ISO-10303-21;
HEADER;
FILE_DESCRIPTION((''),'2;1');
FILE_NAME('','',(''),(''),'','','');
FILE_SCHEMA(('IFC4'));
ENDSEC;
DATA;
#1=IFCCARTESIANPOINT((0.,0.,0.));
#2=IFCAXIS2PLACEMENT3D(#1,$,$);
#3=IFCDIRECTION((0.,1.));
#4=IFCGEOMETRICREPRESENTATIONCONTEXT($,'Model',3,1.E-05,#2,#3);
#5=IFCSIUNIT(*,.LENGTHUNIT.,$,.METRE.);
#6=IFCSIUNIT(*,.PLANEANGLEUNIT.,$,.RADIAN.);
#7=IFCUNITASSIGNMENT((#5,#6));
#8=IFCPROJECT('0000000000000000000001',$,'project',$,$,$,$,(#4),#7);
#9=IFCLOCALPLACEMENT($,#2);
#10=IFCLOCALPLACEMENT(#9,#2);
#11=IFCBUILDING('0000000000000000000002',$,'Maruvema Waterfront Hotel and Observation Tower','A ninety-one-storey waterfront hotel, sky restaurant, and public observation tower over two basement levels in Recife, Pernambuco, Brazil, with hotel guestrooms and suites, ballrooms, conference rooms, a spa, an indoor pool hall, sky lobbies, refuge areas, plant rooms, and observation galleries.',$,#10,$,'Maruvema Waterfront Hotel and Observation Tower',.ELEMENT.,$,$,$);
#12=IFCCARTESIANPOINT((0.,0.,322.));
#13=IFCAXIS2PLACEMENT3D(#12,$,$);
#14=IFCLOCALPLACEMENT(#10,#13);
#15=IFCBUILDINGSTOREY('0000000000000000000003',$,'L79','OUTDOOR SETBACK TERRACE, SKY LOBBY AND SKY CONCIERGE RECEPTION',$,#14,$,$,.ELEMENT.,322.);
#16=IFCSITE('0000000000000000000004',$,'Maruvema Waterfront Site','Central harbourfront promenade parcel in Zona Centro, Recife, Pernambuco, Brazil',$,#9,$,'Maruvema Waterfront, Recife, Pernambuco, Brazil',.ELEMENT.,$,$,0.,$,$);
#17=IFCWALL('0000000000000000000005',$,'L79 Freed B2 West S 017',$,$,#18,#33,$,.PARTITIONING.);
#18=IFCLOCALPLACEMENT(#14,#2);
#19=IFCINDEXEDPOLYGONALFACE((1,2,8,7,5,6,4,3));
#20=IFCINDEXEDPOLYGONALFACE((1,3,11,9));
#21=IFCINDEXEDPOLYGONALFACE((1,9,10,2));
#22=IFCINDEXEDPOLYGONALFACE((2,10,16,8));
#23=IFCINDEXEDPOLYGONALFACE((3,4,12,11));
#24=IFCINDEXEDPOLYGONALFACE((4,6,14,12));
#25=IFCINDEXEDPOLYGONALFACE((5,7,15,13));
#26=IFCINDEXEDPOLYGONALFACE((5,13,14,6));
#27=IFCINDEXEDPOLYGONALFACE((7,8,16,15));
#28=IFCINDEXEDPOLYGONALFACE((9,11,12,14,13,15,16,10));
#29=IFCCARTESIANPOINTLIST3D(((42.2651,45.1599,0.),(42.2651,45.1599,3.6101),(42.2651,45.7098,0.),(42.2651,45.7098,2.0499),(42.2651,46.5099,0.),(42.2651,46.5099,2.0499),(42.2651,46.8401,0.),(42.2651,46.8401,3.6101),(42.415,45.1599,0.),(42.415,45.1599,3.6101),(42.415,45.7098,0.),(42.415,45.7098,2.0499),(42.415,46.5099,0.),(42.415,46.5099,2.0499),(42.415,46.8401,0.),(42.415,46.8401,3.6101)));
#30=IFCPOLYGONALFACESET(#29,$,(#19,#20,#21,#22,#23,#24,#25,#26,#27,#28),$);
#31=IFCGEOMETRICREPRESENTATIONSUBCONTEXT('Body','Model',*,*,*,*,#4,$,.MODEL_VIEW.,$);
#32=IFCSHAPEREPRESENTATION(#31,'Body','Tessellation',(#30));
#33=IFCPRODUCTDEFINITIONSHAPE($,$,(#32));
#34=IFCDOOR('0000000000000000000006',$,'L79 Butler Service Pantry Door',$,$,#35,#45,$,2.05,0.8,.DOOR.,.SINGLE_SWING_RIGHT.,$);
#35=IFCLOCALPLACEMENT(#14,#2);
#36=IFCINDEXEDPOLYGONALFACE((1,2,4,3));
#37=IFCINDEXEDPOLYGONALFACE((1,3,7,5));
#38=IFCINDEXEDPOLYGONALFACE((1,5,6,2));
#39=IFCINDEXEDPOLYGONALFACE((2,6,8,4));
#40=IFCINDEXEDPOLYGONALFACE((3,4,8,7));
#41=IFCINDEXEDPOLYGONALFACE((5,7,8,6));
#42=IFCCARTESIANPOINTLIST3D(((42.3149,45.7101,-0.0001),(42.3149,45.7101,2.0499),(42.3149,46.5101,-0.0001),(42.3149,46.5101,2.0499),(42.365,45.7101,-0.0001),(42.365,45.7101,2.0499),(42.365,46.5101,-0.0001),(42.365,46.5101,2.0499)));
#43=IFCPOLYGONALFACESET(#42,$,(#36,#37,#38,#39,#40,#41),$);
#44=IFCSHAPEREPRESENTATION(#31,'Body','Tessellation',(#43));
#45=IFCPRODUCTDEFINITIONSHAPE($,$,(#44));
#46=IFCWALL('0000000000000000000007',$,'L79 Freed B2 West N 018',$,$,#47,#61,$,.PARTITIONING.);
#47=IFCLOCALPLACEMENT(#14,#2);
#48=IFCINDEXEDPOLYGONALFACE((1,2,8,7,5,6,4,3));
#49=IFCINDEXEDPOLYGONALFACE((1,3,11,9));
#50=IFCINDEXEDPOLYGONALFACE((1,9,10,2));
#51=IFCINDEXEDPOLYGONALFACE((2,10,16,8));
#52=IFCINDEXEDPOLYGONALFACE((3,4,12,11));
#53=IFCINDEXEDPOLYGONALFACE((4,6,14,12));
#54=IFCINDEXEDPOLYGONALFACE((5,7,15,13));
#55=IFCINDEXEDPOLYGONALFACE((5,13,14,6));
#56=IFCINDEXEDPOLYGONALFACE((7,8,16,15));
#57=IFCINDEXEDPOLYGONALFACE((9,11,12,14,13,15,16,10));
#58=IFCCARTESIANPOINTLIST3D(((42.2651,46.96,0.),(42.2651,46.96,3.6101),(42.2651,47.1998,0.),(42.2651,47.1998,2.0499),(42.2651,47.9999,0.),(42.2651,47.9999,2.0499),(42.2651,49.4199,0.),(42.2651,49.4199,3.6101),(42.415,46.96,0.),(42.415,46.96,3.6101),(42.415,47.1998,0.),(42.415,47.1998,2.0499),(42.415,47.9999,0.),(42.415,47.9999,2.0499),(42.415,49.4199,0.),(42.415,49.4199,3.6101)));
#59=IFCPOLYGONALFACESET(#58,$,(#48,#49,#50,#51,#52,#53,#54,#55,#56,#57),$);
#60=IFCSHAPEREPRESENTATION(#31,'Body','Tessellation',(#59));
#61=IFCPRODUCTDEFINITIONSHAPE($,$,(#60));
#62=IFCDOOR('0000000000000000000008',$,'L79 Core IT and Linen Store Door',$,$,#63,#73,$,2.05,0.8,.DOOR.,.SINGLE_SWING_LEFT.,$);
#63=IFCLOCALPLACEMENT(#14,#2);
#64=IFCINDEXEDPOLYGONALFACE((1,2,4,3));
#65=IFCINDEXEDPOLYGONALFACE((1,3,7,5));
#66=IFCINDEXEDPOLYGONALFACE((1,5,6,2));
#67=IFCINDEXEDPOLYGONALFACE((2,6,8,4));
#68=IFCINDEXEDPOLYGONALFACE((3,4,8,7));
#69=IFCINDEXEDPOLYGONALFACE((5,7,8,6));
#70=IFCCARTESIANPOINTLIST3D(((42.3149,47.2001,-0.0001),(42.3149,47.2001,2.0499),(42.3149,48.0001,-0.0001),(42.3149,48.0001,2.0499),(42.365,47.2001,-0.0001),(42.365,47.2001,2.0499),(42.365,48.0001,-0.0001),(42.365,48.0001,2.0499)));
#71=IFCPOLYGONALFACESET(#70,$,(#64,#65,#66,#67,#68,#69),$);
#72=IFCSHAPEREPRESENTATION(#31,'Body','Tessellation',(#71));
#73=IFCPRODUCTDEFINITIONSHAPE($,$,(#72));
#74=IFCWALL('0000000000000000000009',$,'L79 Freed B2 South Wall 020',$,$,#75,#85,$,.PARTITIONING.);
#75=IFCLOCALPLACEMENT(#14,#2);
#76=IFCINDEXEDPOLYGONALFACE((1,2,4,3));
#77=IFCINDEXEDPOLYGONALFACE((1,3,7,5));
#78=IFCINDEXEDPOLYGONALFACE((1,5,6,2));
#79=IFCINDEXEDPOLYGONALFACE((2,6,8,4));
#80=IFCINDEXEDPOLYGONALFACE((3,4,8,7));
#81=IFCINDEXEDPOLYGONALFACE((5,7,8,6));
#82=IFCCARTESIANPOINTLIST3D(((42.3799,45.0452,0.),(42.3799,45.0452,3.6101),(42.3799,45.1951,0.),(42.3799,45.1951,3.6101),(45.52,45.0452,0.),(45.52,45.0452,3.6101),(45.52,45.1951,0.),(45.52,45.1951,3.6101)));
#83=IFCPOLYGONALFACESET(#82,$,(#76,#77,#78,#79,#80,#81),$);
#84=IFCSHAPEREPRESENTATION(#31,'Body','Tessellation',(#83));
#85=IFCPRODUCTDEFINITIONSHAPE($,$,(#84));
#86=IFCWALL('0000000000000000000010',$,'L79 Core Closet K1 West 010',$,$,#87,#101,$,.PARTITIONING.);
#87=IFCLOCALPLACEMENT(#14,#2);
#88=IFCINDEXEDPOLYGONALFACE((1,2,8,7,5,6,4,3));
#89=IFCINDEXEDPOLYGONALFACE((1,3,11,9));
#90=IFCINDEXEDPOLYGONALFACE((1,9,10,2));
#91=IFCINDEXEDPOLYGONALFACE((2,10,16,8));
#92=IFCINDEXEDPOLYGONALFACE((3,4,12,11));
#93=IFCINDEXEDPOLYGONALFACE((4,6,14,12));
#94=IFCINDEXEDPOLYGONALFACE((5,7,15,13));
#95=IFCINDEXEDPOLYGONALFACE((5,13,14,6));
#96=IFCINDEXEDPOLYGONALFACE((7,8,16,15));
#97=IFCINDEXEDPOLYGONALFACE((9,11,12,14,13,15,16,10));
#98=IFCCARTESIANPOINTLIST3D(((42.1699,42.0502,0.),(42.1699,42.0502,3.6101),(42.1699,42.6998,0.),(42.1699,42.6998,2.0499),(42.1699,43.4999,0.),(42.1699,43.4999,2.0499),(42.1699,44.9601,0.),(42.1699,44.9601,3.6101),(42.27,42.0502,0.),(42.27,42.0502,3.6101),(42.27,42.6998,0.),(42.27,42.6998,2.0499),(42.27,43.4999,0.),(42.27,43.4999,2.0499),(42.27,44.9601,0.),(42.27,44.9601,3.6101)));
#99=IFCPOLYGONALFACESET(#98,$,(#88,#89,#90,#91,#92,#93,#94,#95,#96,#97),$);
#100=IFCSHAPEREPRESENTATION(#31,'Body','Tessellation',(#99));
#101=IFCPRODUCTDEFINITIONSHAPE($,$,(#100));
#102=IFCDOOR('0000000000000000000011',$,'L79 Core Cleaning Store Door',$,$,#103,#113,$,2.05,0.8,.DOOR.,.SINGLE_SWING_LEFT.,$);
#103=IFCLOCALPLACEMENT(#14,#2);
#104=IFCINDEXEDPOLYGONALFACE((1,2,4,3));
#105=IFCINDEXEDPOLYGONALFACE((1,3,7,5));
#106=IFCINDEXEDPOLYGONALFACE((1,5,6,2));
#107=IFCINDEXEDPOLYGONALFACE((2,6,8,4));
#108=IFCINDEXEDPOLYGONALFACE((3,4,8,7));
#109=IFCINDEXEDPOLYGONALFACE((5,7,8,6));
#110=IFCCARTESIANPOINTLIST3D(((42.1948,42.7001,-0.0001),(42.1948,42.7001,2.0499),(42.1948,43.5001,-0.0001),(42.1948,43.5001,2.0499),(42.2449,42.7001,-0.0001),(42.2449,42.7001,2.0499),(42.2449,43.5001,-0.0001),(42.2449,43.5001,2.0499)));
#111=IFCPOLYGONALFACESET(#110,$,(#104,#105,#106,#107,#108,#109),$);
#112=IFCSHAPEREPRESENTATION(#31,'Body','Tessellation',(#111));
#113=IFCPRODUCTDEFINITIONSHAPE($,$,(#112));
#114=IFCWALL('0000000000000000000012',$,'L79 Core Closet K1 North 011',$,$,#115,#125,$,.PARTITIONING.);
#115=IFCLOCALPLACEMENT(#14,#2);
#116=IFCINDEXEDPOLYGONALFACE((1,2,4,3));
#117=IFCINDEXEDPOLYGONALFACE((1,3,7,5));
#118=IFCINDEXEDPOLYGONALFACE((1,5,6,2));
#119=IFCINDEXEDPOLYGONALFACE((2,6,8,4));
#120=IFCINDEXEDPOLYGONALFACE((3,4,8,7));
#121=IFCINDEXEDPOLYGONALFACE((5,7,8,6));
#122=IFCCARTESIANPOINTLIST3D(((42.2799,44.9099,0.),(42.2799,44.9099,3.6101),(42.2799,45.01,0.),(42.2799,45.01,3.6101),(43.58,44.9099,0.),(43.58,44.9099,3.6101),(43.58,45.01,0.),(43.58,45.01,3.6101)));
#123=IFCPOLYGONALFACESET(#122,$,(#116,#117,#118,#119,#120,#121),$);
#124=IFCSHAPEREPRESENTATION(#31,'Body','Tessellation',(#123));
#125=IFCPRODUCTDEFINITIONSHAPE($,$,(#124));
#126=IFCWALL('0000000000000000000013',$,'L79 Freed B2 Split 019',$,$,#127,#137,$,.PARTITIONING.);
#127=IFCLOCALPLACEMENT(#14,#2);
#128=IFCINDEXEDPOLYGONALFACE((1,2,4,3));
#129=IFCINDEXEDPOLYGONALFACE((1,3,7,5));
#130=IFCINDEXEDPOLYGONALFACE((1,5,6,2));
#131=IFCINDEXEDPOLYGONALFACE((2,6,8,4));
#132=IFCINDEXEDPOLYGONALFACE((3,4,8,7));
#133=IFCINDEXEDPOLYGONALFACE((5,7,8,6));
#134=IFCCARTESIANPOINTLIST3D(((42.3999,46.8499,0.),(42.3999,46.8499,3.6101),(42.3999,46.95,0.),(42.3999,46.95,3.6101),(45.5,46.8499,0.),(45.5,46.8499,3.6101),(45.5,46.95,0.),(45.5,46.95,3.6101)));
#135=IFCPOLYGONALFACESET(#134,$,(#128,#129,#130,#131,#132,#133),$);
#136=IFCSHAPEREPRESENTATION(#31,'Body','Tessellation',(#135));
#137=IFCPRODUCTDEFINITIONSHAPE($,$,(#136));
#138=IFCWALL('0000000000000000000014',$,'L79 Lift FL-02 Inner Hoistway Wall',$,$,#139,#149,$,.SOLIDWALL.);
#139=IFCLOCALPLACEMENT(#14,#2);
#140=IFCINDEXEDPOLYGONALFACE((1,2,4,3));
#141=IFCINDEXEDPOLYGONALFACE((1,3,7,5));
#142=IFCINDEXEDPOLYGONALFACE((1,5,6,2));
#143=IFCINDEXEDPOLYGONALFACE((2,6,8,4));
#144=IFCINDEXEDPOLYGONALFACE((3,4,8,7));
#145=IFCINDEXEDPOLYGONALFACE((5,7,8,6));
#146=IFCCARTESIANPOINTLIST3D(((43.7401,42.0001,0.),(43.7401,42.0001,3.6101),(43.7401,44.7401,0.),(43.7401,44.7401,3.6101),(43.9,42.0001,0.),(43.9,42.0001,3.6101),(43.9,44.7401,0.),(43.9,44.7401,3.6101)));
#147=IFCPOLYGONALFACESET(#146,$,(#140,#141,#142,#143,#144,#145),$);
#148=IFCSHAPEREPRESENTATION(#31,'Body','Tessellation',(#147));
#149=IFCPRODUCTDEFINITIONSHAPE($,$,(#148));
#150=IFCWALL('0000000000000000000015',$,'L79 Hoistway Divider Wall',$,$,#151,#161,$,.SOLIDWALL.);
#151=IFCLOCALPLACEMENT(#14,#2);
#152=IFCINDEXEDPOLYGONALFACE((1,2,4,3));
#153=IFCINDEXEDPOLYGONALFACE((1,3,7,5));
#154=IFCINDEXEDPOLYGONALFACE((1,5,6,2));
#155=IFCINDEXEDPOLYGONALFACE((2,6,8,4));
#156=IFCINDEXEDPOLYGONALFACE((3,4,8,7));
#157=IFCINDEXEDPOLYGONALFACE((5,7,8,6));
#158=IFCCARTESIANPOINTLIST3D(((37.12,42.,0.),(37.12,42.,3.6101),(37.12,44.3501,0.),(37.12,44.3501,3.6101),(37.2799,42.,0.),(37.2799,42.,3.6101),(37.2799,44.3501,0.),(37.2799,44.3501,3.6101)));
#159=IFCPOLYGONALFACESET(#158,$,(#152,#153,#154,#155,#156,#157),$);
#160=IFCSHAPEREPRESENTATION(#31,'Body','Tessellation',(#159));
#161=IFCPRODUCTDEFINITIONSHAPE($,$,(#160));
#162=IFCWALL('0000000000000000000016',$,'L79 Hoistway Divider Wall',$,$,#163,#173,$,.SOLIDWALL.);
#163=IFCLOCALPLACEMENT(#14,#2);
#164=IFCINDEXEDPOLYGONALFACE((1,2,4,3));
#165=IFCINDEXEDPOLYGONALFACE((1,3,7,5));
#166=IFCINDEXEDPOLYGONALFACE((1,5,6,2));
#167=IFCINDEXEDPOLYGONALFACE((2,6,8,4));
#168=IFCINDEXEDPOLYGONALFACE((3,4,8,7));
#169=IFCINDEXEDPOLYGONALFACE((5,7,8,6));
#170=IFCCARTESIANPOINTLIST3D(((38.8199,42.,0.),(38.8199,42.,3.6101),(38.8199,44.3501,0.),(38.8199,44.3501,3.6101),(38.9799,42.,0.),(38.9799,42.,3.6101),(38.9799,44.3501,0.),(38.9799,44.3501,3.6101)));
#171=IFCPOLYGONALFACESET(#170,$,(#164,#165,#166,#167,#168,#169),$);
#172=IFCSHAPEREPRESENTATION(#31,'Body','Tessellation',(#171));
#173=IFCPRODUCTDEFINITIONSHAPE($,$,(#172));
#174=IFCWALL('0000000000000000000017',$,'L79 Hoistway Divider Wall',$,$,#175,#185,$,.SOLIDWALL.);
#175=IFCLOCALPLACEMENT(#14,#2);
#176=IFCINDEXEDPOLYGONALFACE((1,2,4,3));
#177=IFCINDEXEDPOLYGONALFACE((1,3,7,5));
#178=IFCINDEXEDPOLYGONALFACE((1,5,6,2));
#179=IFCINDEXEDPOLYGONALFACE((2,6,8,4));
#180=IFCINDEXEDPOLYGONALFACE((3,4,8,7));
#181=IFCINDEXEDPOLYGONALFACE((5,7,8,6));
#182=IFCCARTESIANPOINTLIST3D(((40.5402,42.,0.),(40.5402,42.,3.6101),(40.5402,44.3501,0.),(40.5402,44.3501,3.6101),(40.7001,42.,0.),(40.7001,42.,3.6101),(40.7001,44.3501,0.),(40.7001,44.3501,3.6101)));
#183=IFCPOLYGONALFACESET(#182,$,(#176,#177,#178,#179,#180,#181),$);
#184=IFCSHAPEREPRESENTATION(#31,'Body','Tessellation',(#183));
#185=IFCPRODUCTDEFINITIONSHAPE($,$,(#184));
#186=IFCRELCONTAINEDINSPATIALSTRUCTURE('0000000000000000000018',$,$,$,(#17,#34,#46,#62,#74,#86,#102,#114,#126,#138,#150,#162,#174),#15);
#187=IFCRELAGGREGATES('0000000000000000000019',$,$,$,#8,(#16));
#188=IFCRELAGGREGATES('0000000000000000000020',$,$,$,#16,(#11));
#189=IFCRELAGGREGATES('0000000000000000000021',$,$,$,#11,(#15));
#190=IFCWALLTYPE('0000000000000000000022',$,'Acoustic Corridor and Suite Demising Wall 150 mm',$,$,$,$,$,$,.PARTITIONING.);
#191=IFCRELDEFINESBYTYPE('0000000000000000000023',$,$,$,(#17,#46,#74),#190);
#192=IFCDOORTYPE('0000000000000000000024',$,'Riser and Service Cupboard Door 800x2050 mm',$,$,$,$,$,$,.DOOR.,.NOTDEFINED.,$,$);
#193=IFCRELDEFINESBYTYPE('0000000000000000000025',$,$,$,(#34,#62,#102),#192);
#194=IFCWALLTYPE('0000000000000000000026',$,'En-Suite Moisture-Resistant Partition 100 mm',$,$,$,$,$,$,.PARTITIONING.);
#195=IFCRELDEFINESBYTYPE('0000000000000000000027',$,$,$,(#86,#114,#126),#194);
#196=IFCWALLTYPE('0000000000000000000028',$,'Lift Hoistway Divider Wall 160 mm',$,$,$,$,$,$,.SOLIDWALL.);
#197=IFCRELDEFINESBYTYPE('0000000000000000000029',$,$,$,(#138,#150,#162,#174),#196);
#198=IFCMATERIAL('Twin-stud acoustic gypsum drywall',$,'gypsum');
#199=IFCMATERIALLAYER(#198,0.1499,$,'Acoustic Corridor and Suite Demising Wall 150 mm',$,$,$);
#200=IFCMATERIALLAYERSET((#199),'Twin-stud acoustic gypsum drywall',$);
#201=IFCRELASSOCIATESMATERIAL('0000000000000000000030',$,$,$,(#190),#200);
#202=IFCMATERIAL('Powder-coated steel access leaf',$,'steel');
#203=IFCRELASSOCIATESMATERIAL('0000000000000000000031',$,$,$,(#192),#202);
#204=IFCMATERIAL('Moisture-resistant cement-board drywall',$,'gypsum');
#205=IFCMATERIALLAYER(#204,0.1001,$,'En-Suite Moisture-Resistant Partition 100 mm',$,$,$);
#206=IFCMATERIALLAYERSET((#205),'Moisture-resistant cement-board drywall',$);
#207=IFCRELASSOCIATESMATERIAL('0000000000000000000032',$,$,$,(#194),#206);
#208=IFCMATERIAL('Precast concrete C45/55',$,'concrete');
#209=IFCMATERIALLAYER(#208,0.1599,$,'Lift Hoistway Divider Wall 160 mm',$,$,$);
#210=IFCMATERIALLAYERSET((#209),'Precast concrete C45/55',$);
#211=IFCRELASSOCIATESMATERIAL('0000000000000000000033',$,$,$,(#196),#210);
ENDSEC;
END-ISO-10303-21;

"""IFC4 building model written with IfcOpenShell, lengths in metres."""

from ifc_helpers import new_model, si_unit, direction, frame, frame_2d, origin, place, context, subcontext, project, spatial, rectangle, extrude, material, layer, layer_set, type_object, element, fill, save


model = new_model("IFC4")

# Units and contexts
model_context = context("Model", 3, precision=1e-05, world=origin(), true_north=direction((0.0, 1.0)))
body_context = subcontext(model_context, "Body", "Model", "MODEL_VIEW")
ifc_project = project(units=[si_unit("LENGTHUNIT", "METRE"), si_unit("PLANEANGLEUNIT", "RADIAN")], contexts=[model_context])

# Site, building, storey
site_placement = place(None, origin())
site = spatial("IfcSite", under=ifc_project, at=site_placement, Name="Maruvema Waterfront Site", Description="Central harbourfront promenade parcel in Zona Centro, Recife, Pernambuco, Brazil", LongName="Maruvema Waterfront, Recife, Pernambuco, Brazil", CompositionType="ELEMENT", RefElevation=0.0)
building_placement = place(site_placement, origin())
building = spatial("IfcBuilding", under=site, at=building_placement, Name="Maruvema Waterfront Hotel and Observation Tower", Description="A ninety-one-storey waterfront hotel, sky restaurant, and public observation tower over two basement levels in Recife, Pernambuco, Brazil, with hotel guestrooms and suites, ballrooms, conference rooms, a spa, an indoor pool hall, sky lobbies, refuge areas, plant rooms, and observation galleries.", LongName="Maruvema Waterfront Hotel and Observation Tower", CompositionType="ELEMENT")
storey_placement = place(building_placement, frame((0.0, 0.0, 322.0)))
storey = spatial("IfcBuildingStorey", under=building, at=storey_placement, Name="L79", Description="OUTDOOR SETBACK TERRACE, SKY LOBBY AND SKY CONCIERGE RECEPTION", CompositionType="ELEMENT", Elevation=322.0)

# Walls, openings, doors
ifc_material_1 = material(Name="Twin-stud acoustic gypsum drywall", Category="gypsum")
ifc_layer_1 = layer(ifc_material_1, 0.1499, Name="Acoustic Corridor and Suite Demising Wall 150 mm")
ifc_layer_set_1 = layer_set([ifc_layer_1], Name="Twin-stud acoustic gypsum drywall")
wall_type_1 = type_object("IfcWallType", Name="Acoustic Corridor and Suite Demising Wall 150 mm", PredefinedType="PARTITIONING", material=ifc_layer_set_1)
wall_1_placement = place(storey_placement, frame((42.3401, 45.1599, 0.0), z_axis=(0.0, 0.0, 1.0), x_axis=(0.0, 1.0, 0.0)))
wall_1 = element("IfcWall", 1, at=wall_1_placement, inside=storey, type_object=wall_type_1, Name="L79 Freed B2 West S 017", PredefinedType="PARTITIONING", context=body_context, shape_type="SweptSolid", body=[
    extrude(rectangle(XDim=1.6802, YDim=0.1499, at=frame_2d((0.8401, 0.0))), origin(), (0.0, 0.0, 1.0), 3.6101),
])
opening_1_placement = place(wall_1_placement, frame((0.55, 0.0, 0.0)))
opening_1 = element("IfcOpeningElement", 2, at=opening_1_placement, cuts=wall_1, PredefinedType="OPENING", context=body_context, shape_type="SweptSolid", body=[
    extrude(rectangle(XDim=0.8, YDim=2.05, at=frame_2d((0.3999, 1.0249))), frame((0.0, 0.085, 0.0), z_axis=(0.0, -1.0, 0.0), x_axis=(1.0, 0.0, 0.0)), (0.0, 0.0, 1.0), 0.1699),
])
ifc_material_2 = material(Name="Powder-coated steel access leaf", Category="steel")
door_type_1 = type_object("IfcDoorType", Name="Riser and Service Cupboard Door 800x2050 mm", OperationType="NOTDEFINED", PredefinedType="DOOR", material=ifc_material_2)
door_1_placement = place(opening_1_placement, frame((0.8, 0.0, 0.0), z_axis=(0.0, 0.0, 1.0), x_axis=(-1.0, 0.0, 0.0)))
door_1 = element("IfcDoor", 3, at=door_1_placement, inside=storey, type_object=door_type_1, Name="L79 Butler Service Pantry Door", OperationType="SINGLE_SWING_RIGHT", OverallHeight=2.05, OverallWidth=0.8, PredefinedType="DOOR", context=body_context, shape_type="SweptSolid", body=[
    extrude(rectangle(XDim=0.8, YDim=2.05, at=frame_2d((0.3999, 1.0249))), frame((0.0, 0.0249, 0.0), z_axis=(0.0, -1.0, 0.0), x_axis=(1.0, 0.0, 0.0)), (0.0, 0.0, 1.0), 0.05),
])
fill(opening_1, door_1)
wall_2_placement = place(storey_placement, frame((42.3401, 46.96, 0.0), z_axis=(0.0, 0.0, 1.0), x_axis=(0.0, 1.0, 0.0)))
wall_2 = element("IfcWall", 4, at=wall_2_placement, inside=storey, type_object=wall_type_1, Name="L79 Freed B2 West N 018", PredefinedType="PARTITIONING", context=body_context, shape_type="SweptSolid", body=[
    extrude(rectangle(XDim=2.46, YDim=0.1499, at=frame_2d((1.23, 0.0))), origin(), (0.0, 0.0, 1.0), 3.6101),
])
opening_2_placement = place(wall_2_placement, frame((0.24, 0.0, 0.0)))
opening_2 = element("IfcOpeningElement", 5, at=opening_2_placement, cuts=wall_2, PredefinedType="OPENING", context=body_context, shape_type="SweptSolid", body=[
    extrude(rectangle(XDim=0.8, YDim=2.05, at=frame_2d((0.3999, 1.0249))), frame((0.0, 0.085, 0.0), z_axis=(0.0, -1.0, 0.0), x_axis=(1.0, 0.0, 0.0)), (0.0, 0.0, 1.0), 0.1699),
])
door_2_placement = place(opening_2_placement, frame((0.8, 0.0, 0.0), z_axis=(0.0, 0.0, 1.0), x_axis=(-1.0, 0.0, 0.0)))
door_2 = element("IfcDoor", 6, at=door_2_placement, inside=storey, type_object=door_type_1, Name="L79 Core IT and Linen Store Door", OperationType="SINGLE_SWING_LEFT", OverallHeight=2.05, OverallWidth=0.8, PredefinedType="DOOR", context=body_context, shape_type="SweptSolid", body=[
    extrude(rectangle(XDim=0.8, YDim=2.05, at=frame_2d((0.3999, 1.0249))), frame((0.0, 0.0249, 0.0), z_axis=(0.0, -1.0, 0.0), x_axis=(1.0, 0.0, 0.0)), (0.0, 0.0, 1.0), 0.05),
])
fill(opening_2, door_2)

# Wall
wall_3_placement = place(storey_placement, frame((42.3799, 45.1201, 0.0), z_axis=(0.0, 0.0, 1.0), x_axis=(1.0, 0.0, 0.0)))
element("IfcWall", 7, at=wall_3_placement, inside=storey, type_object=wall_type_1, Name="L79 Freed B2 South Wall 020", PredefinedType="PARTITIONING", context=body_context, shape_type="SweptSolid", body=[
    extrude(rectangle(XDim=3.1401, YDim=0.1499, at=frame_2d((1.5701, 0.0))), origin(), (0.0, 0.0, 1.0), 3.6101),
])

# Wall, opening, door
ifc_material_3 = material(Name="Moisture-resistant cement-board drywall", Category="gypsum")
ifc_layer_2 = layer(ifc_material_3, 0.1001, Name="En-Suite Moisture-Resistant Partition 100 mm")
ifc_layer_set_2 = layer_set([ifc_layer_2], Name="Moisture-resistant cement-board drywall")
wall_type_2 = type_object("IfcWallType", Name="En-Suite Moisture-Resistant Partition 100 mm", PredefinedType="PARTITIONING", material=ifc_layer_set_2)
wall_4_placement = place(storey_placement, frame((42.22, 42.05, 0.0), z_axis=(0.0, 0.0, 1.0), x_axis=(0.0, 1.0, 0.0)))
wall_4 = element("IfcWall", 8, at=wall_4_placement, inside=storey, type_object=wall_type_2, Name="L79 Core Closet K1 West 010", PredefinedType="PARTITIONING", context=body_context, shape_type="SweptSolid", body=[
    extrude(rectangle(XDim=2.9099, YDim=0.1001, at=frame_2d((1.4551, 0.0))), origin(), (0.0, 0.0, 1.0), 3.6101),
])
opening_3_placement = place(wall_4_placement, frame((0.6499, 0.0, 0.0)))
opening_3 = element("IfcOpeningElement", 9, at=opening_3_placement, cuts=wall_4, PredefinedType="OPENING", context=body_context, shape_type="SweptSolid", body=[
    extrude(rectangle(XDim=0.8, YDim=2.05, at=frame_2d((0.3999, 1.0249))), frame((0.0, 0.0601, 0.0), z_axis=(0.0, -1.0, 0.0), x_axis=(1.0, 0.0, 0.0)), (0.0, 0.0, 1.0), 0.1201),
])
door_3_placement = place(opening_3_placement, frame((0.8, 0.0, 0.0), z_axis=(0.0, 0.0, 1.0), x_axis=(-1.0, 0.0, 0.0)))
door_3 = element("IfcDoor", 10, at=door_3_placement, inside=storey, type_object=door_type_1, Name="L79 Core Cleaning Store Door", OperationType="SINGLE_SWING_LEFT", OverallHeight=2.05, OverallWidth=0.8, PredefinedType="DOOR", context=body_context, shape_type="SweptSolid", body=[
    extrude(rectangle(XDim=0.8, YDim=2.05, at=frame_2d((0.3999, 1.0249))), frame((0.0, 0.0249, 0.0), z_axis=(0.0, -1.0, 0.0), x_axis=(1.0, 0.0, 0.0)), (0.0, 0.0, 1.0), 0.05),
])
fill(opening_3, door_3)

# Walls
wall_5_placement = place(storey_placement, frame((42.28, 44.96, 0.0), z_axis=(0.0, 0.0, 1.0), x_axis=(1.0, 0.0, 0.0)))
element("IfcWall", 11, at=wall_5_placement, inside=storey, type_object=wall_type_2, Name="L79 Core Closet K1 North 011", PredefinedType="PARTITIONING", context=body_context, shape_type="SweptSolid", body=[
    extrude(rectangle(XDim=1.3, YDim=0.1001, at=frame_2d((0.6499, 0.0))), origin(), (0.0, 0.0, 1.0), 3.6101),
])
wall_6_placement = place(storey_placement, frame((42.3999, 46.8999, 0.0), z_axis=(0.0, 0.0, 1.0), x_axis=(1.0, 0.0, 0.0)))
element("IfcWall", 12, at=wall_6_placement, inside=storey, type_object=wall_type_2, Name="L79 Freed B2 Split 019", PredefinedType="PARTITIONING", context=body_context, shape_type="SweptSolid", body=[
    extrude(rectangle(XDim=3.1001, YDim=0.1001, at=frame_2d((1.55, 0.0))), origin(), (0.0, 0.0, 1.0), 3.6101),
])
ifc_material_4 = material(Name="Precast concrete C45/55", Category="concrete")
ifc_layer_3 = layer(ifc_material_4, 0.1599, Name="Lift Hoistway Divider Wall 160 mm")
ifc_layer_set_3 = layer_set([ifc_layer_3], Name="Precast concrete C45/55")
wall_type_3 = type_object("IfcWallType", Name="Lift Hoistway Divider Wall 160 mm", PredefinedType="SOLIDWALL", material=ifc_layer_set_3)
wall_7_placement = place(storey_placement, frame((43.8201, 42.0, 0.0), z_axis=(0.0, 0.0, 1.0), x_axis=(0.0, 1.0, 0.0)))
element("IfcWall", 13, at=wall_7_placement, inside=storey, type_object=wall_type_3, Name="L79 Lift FL-02 Inner Hoistway Wall", PredefinedType="SOLIDWALL", context=body_context, shape_type="SweptSolid", body=[
    extrude(rectangle(XDim=2.74, YDim=0.1599, at=frame_2d((1.3701, 0.0))), origin(), (0.0, 0.0, 1.0), 3.6101),
])
for number, where, z_axis, x_axis, name in (
    (14, (37.2, 42.0, 0.0), (0.0, 0.0, 1.0), (0.0, 1.0, 0.0), "L79 Hoistway Divider Wall"),
    (15, (38.8999, 42.0, 0.0), (0.0, 0.0, 1.0), (0.0, 1.0, 0.0), "L79 Hoistway Divider Wall"),
    (16, (40.6201, 42.0, 0.0), (0.0, 0.0, 1.0), (0.0, 1.0, 0.0), "L79 Hoistway Divider Wall"),
):
    element("IfcWall", number, at=place(storey_placement, frame(where, z_axis=z_axis, x_axis=x_axis)), inside=storey, type_object=wall_type_3, Name=name, PredefinedType="SOLIDWALL", context=body_context, shape_type="SweptSolid", body=[
        extrude(rectangle(XDim=2.3501, YDim=0.1599, at=frame_2d((1.175, 0.0))), origin(), (0.0, 0.0, 1.0), 3.6101),
    ])

save(model, "model.ifc")
